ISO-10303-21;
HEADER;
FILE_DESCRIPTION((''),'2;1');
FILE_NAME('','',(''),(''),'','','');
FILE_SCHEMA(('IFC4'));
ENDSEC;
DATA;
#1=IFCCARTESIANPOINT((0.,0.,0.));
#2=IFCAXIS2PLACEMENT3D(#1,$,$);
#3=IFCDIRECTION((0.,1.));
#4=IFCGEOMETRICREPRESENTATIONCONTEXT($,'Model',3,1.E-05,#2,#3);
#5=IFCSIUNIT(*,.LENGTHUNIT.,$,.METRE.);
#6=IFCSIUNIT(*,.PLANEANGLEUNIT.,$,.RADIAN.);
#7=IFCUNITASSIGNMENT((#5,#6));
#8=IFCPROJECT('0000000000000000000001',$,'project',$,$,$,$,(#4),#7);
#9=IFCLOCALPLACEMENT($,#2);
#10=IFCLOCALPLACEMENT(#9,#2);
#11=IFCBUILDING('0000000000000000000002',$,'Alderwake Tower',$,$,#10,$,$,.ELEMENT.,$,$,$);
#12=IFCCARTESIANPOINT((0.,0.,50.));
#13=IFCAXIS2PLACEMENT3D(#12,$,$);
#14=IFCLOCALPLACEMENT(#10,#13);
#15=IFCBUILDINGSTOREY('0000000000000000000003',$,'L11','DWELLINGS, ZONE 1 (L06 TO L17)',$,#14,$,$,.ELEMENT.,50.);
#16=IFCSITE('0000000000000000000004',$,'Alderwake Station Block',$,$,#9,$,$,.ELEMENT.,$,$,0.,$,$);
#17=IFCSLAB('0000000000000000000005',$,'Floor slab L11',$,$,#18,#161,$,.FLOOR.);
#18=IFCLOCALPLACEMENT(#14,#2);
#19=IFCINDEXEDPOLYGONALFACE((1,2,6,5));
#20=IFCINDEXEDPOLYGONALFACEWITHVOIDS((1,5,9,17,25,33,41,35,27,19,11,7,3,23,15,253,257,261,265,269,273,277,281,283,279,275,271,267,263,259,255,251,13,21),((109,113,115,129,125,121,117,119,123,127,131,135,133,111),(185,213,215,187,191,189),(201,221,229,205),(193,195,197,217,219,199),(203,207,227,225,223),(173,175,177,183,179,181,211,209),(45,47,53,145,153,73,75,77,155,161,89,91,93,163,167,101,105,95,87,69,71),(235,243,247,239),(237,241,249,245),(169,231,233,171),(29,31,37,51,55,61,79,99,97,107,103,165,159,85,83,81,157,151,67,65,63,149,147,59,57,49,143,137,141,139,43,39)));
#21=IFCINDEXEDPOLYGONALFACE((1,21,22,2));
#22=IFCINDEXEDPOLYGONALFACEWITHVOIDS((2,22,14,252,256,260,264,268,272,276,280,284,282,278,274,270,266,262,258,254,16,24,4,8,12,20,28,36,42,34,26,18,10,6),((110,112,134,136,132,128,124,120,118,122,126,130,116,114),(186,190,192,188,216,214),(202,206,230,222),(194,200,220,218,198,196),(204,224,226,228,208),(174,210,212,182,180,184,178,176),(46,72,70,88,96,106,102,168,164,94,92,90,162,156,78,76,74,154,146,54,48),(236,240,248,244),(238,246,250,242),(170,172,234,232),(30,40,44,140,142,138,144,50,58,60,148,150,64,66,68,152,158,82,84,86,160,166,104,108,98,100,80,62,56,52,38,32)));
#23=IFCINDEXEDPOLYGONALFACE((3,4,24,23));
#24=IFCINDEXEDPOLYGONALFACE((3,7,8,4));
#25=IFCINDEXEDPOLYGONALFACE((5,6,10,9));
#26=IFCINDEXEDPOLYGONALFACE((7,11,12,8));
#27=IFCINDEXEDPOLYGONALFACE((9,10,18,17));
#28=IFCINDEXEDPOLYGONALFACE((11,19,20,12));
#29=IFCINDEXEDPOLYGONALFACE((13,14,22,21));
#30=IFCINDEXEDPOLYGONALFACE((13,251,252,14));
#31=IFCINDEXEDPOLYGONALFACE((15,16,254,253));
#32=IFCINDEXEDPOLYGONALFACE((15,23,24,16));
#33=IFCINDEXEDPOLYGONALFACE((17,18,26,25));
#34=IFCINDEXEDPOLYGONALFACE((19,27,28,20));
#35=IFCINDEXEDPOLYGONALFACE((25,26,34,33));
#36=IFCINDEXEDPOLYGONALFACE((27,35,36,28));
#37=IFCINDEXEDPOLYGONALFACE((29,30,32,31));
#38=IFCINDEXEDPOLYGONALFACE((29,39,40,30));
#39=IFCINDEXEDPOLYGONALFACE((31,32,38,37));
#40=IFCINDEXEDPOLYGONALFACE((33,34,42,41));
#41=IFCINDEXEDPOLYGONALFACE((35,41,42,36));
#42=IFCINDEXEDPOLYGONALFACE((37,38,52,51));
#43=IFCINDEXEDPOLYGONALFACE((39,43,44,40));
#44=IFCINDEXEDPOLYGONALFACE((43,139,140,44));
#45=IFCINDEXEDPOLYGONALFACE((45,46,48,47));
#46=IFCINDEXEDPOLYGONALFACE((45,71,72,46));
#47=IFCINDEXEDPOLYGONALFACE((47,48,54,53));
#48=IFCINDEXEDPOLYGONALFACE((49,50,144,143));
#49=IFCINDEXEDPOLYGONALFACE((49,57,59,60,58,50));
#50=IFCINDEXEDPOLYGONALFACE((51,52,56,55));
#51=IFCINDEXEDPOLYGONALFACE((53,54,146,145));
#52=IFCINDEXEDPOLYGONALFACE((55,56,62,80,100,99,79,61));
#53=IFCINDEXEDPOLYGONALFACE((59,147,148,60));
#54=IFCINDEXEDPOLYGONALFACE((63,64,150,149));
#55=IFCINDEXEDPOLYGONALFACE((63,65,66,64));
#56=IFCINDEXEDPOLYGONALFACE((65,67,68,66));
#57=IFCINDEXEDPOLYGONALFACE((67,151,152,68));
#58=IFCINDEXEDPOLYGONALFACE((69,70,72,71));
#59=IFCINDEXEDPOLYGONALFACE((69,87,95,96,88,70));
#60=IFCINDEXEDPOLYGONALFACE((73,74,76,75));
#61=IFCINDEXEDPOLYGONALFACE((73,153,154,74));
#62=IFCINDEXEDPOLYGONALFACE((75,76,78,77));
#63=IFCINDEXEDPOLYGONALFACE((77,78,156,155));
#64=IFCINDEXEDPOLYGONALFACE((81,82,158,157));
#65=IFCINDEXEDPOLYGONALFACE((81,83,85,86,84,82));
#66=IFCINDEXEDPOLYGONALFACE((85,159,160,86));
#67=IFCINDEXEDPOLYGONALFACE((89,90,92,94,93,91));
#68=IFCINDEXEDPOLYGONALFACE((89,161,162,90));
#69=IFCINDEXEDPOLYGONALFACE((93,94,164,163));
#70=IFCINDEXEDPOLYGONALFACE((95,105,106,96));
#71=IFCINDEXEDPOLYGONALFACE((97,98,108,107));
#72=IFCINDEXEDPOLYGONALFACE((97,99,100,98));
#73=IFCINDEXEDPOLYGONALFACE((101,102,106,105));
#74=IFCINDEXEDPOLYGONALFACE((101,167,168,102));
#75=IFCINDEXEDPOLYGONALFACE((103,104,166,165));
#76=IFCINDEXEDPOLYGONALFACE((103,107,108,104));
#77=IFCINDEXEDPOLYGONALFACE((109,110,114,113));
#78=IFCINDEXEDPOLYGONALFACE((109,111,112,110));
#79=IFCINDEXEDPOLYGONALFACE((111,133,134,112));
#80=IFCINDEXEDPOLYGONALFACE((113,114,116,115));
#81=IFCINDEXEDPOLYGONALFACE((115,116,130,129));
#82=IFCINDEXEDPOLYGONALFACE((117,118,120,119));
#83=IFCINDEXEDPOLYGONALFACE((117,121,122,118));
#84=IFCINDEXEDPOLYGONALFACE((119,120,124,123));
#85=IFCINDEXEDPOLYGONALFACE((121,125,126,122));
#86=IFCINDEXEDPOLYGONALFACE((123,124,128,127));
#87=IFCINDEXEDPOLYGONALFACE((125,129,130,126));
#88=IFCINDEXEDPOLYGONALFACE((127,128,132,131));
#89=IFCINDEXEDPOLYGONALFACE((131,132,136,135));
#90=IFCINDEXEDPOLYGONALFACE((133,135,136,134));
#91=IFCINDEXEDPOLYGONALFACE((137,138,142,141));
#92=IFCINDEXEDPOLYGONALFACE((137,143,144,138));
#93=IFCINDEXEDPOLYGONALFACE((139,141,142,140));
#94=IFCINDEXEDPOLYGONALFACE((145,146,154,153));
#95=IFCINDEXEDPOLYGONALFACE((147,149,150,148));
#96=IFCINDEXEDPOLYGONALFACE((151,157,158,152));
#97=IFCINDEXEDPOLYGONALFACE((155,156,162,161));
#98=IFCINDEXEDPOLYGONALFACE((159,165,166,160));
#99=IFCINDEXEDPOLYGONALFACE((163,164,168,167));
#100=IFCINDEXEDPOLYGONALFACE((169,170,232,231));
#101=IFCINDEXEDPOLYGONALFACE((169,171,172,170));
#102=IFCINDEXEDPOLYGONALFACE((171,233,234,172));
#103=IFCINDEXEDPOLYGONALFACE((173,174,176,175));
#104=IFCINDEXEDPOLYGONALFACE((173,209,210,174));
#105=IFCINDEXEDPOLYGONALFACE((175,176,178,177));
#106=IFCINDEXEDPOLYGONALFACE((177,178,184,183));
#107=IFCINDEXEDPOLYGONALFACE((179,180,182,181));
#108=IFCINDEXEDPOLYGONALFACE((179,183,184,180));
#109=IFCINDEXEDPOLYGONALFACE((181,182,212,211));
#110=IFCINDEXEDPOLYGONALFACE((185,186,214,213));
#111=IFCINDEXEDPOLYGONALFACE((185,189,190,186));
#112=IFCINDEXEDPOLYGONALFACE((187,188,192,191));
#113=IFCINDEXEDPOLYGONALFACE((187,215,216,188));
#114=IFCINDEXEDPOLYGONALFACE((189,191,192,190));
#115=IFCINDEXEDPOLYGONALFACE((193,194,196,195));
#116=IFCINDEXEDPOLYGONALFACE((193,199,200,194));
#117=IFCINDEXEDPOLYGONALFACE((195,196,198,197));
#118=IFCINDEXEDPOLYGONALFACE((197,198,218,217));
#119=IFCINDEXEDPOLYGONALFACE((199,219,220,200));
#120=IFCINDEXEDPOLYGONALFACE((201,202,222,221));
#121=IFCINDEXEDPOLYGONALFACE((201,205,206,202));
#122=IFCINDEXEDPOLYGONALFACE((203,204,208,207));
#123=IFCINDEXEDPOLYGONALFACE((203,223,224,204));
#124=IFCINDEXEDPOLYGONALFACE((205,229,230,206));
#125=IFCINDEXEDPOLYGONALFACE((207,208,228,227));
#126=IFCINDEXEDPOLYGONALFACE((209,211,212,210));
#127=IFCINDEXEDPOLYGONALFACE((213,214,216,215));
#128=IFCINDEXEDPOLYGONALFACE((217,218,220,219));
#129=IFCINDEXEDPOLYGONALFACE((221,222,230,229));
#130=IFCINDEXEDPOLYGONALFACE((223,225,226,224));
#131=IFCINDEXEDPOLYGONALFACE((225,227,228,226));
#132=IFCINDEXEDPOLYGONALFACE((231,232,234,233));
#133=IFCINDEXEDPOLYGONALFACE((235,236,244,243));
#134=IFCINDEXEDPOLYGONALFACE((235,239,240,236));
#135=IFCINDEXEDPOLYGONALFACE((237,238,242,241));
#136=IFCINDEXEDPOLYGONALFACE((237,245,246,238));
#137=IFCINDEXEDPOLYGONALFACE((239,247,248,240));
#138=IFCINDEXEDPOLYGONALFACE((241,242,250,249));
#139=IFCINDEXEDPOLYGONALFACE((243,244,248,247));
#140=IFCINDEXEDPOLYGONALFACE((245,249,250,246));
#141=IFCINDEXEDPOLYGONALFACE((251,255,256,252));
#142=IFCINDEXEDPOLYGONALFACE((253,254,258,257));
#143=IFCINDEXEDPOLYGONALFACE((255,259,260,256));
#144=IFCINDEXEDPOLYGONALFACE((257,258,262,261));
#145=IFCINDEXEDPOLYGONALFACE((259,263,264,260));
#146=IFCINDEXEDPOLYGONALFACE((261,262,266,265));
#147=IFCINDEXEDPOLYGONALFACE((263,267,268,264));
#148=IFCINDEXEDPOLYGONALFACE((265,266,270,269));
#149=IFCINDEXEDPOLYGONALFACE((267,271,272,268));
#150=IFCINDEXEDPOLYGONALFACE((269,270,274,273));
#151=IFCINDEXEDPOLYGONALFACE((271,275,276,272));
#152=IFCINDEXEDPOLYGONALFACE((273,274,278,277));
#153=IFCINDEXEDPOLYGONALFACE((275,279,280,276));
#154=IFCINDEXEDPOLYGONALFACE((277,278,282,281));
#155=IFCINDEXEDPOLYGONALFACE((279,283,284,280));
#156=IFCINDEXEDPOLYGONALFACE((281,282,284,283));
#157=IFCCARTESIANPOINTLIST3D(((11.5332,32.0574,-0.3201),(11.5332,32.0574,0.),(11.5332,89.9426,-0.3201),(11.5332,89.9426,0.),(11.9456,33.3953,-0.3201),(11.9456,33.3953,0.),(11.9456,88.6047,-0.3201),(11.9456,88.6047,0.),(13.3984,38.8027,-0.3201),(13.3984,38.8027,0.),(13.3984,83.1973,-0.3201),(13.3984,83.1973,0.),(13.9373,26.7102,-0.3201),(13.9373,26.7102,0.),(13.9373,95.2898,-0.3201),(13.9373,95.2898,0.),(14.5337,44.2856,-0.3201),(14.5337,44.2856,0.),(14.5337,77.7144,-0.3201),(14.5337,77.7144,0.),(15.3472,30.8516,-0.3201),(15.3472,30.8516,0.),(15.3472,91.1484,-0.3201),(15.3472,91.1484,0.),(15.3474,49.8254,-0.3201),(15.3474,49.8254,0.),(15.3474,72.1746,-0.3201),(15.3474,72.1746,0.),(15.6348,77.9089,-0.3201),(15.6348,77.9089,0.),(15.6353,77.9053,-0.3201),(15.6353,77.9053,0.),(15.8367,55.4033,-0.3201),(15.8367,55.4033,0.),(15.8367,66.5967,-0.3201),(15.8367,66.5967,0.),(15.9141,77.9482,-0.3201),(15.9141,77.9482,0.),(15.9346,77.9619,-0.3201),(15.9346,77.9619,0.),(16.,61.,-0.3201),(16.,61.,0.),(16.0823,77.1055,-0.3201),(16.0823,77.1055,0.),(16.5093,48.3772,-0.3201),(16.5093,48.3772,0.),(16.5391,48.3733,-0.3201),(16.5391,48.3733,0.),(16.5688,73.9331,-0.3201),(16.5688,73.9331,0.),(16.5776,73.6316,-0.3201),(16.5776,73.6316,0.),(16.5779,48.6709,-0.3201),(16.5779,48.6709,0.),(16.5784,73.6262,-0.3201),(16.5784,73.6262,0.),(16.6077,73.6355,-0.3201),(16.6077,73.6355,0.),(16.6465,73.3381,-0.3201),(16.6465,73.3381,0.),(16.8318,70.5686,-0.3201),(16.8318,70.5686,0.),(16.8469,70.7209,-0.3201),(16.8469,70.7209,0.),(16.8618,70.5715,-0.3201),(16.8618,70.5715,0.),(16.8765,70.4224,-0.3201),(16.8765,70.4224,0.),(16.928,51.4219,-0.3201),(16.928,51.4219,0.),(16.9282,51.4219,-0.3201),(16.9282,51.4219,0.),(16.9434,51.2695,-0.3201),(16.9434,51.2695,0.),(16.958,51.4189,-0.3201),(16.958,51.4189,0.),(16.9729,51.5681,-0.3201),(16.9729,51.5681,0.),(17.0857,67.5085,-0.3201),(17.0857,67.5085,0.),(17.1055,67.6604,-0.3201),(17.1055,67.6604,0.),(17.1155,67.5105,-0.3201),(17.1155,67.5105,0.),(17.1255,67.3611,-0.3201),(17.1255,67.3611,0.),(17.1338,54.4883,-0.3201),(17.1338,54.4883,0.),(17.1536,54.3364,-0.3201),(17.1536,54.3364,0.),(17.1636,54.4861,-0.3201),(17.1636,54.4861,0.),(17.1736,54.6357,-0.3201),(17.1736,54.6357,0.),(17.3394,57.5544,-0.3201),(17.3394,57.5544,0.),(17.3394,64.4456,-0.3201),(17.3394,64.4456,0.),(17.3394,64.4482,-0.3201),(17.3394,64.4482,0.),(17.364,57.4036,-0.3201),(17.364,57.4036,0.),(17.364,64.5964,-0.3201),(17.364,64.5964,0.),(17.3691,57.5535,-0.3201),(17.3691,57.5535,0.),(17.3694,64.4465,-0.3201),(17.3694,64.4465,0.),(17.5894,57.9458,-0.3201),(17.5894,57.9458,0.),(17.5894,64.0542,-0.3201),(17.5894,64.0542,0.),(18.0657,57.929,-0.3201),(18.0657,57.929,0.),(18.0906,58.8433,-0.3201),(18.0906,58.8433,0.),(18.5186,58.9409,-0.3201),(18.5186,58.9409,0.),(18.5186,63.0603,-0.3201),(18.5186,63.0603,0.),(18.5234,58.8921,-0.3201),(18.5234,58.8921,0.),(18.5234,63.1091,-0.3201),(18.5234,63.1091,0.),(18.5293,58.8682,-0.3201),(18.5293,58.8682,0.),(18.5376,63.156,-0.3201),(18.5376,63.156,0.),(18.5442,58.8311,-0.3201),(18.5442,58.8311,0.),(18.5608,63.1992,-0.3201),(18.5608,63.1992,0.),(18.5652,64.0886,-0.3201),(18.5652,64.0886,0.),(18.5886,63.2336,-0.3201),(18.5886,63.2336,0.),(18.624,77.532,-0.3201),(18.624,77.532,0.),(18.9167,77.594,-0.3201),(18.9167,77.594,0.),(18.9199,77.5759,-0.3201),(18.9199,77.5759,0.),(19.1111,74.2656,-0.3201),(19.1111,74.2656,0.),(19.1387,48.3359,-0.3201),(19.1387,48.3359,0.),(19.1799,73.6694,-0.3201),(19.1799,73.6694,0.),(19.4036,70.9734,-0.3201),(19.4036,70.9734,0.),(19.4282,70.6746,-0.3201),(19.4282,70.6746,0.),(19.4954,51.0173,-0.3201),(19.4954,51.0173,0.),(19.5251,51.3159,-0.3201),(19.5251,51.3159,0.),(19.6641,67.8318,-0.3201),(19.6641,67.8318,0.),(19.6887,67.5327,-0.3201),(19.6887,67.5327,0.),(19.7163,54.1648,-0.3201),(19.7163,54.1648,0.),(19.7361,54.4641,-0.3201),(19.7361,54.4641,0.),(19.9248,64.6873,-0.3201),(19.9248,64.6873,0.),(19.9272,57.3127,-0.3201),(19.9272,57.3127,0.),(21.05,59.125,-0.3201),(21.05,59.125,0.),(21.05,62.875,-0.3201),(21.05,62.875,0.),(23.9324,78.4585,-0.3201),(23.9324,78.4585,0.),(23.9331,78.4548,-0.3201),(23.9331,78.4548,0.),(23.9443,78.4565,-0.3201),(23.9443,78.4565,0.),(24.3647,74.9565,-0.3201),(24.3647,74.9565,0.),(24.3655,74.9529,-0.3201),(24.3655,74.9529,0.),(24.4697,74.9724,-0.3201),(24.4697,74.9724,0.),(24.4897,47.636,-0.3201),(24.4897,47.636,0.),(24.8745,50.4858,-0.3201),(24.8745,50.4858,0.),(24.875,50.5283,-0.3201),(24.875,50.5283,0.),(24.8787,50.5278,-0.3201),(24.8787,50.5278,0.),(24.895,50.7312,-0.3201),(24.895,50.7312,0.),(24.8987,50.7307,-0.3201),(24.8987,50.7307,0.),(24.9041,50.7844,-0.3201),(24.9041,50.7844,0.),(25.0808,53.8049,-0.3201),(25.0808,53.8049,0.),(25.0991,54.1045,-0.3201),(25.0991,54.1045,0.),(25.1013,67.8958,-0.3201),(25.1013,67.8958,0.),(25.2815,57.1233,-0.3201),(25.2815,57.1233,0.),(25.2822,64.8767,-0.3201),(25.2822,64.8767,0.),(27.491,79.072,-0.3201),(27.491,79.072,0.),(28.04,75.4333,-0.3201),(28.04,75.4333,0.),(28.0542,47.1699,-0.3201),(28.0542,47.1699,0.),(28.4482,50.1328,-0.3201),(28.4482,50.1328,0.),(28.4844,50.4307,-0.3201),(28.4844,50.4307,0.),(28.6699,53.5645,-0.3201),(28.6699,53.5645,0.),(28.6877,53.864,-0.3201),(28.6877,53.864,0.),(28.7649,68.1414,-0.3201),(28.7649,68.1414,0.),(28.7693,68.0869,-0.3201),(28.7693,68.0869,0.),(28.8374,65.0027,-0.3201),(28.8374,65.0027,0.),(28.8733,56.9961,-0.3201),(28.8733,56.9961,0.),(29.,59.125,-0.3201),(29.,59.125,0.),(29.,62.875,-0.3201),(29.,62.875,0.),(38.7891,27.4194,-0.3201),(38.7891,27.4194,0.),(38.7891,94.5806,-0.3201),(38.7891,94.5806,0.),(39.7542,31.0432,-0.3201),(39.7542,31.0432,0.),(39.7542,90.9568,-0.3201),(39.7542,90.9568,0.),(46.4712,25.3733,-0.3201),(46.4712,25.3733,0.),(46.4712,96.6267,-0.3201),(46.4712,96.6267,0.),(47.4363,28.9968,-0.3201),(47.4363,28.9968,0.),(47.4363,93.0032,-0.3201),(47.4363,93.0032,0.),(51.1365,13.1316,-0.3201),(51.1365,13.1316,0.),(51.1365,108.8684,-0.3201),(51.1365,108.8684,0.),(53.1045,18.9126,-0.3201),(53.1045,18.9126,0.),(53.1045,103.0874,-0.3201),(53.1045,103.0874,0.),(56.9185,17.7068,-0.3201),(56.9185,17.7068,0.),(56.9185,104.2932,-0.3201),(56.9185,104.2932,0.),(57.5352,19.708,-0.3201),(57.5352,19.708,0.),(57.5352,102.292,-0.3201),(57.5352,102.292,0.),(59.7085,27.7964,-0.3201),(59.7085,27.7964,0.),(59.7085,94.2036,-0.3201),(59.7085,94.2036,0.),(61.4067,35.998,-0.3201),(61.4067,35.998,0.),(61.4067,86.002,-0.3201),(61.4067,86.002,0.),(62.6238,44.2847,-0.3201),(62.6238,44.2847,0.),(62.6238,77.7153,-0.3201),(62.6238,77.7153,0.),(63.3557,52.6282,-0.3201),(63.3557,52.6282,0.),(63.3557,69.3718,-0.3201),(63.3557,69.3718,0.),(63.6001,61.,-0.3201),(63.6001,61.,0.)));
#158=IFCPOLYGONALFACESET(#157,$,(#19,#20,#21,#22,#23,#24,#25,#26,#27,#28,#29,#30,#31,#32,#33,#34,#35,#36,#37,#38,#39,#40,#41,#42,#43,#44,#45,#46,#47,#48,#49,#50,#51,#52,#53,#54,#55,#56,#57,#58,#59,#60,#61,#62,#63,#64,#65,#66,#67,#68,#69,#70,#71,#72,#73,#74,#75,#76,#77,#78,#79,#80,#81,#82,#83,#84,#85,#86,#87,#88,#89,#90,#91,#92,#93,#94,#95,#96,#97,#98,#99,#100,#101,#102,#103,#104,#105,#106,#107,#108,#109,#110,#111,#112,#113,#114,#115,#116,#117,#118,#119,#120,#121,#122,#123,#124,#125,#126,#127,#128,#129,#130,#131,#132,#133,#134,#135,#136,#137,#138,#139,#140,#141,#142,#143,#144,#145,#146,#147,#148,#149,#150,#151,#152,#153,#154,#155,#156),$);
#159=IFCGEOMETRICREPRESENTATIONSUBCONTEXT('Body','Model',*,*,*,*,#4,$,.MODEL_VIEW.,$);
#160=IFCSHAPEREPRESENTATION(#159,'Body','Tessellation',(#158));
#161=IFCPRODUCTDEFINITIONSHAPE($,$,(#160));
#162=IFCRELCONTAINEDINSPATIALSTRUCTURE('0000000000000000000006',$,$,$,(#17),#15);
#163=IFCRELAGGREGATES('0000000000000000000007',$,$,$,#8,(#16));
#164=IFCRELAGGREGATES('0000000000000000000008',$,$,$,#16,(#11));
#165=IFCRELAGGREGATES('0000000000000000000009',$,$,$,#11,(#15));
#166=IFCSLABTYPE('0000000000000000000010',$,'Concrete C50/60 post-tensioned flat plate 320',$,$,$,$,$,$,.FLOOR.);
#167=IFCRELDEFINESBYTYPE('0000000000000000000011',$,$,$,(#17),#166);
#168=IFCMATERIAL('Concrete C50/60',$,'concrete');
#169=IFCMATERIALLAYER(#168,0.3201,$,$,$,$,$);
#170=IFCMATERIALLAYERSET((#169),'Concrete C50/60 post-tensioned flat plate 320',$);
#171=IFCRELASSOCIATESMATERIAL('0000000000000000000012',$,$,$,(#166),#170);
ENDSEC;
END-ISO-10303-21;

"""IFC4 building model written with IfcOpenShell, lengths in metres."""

from ifc_helpers import new_model, si_unit, direction, frame, origin, place, context, subcontext, project, spatial, polyline, outline, extrude, material, layer, layer_set, type_object, element, save


model = new_model("IFC4")

# Units and contexts
model_context = context("Model", 3, precision=1e-05, world=origin(), true_north=direction((0.0, 1.0)))
body_context = subcontext(model_context, "Body", "Model", "MODEL_VIEW")
ifc_project = project(units=[si_unit("LENGTHUNIT", "METRE"), si_unit("PLANEANGLEUNIT", "RADIAN")], contexts=[model_context])

# Site, building, storey
site_placement = place(None, origin())
site = spatial("IfcSite", under=ifc_project, at=site_placement, Name="Alderwake Station Block", CompositionType="ELEMENT", RefElevation=0.0)
building_placement = place(site_placement, origin())
building = spatial("IfcBuilding", under=site, at=building_placement, Name="Alderwake Tower", CompositionType="ELEMENT")
storey_placement = place(building_placement, frame((0.0, 0.0, 50.0)))
storey = spatial("IfcBuildingStorey", under=building, at=storey_placement, Name="L11", Description="DWELLINGS, ZONE 1 (L06 TO L17)", CompositionType="ELEMENT", Elevation=50.0)

# Slab
ifc_material_1 = material(Name="Concrete C50/60", Category="concrete")
ifc_layer_1 = layer(ifc_material_1, 0.3201)
ifc_layer_set_1 = layer_set([ifc_layer_1], Name="Concrete C50/60 post-tensioned flat plate 320")
slab_type_1 = type_object("IfcSlabType", Name="Concrete C50/60 post-tensioned flat plate 320", PredefinedType="FLOOR", material=ifc_layer_set_1)
slab_1_placement = place(storey_placement, frame((0.0, 0.0, -0.3201)))
element("IfcSlab", 1, at=slab_1_placement, inside=storey, type_object=slab_type_1, Name="Floor slab L11", PredefinedType="FLOOR", context=body_context, shape_type="SweptSolid", body=[
    extrude(outline(polyline([(11.5332, 32.0574), (11.9456, 33.3953), (13.3984, 38.8027), (14.5337, 44.2856), (15.3474, 49.8254), (15.8367, 55.4033), (16.0, 61.0), (15.8367, 66.5967), (15.3474, 72.1746), (14.5337, 77.7144), (13.3984, 83.1973), (11.9456, 88.6047), (11.5332, 89.9426), (15.3472, 91.1484), (13.9373, 95.2898), (51.1365, 108.8684), (53.1045, 103.0874), (56.9185, 104.2932), (57.5352, 102.292), (59.7085, 94.2036), (61.4067, 86.002), (62.6238, 77.7153), (63.3557, 69.3718), (63.6001, 61.0), (63.3557, 52.6282), (62.6238, 44.2847), (61.4067, 35.998), (59.7085, 27.7964), (57.5352, 19.708), (56.9185, 17.7068), (53.1045, 18.9126), (51.1365, 13.1316), (13.9373, 26.7102), (15.3472, 30.8516), (11.5332, 32.0574)]), holes=[polyline([(16.9434, 51.2695), (16.958, 51.4189), (16.9729, 51.5681), (19.5251, 51.3159), (19.7163, 54.1648), (17.1536, 54.3364), (17.1636, 54.4861), (17.1736, 54.6357), (19.7361, 54.4641), (19.9272, 57.3127), (17.364, 57.4036), (17.3691, 57.5535), (17.3394, 57.5544), (17.1338, 54.4883), (16.928, 51.4219), (16.9282, 51.4219), (16.5093, 48.3772), (16.5391, 48.3733), (16.5779, 48.6709), (19.1387, 48.3359), (19.4954, 51.0173), (16.9434, 51.2695)]), polyline([(29.0, 62.875), (21.05, 62.875), (21.05, 59.125), (29.0, 59.125), (29.0, 62.875)]), polyline([(19.6887, 67.5327), (17.1255, 67.3611), (17.1155, 67.5105), (17.1055, 67.6604), (19.6641, 67.8318), (19.4282, 70.6746), (16.8765, 70.4224), (16.8618, 70.5715), (16.8469, 70.7209), (19.4036, 70.9734), (19.1799, 73.6694), (16.6465, 73.3381), (16.6077, 73.6355), (16.5688, 73.9331), (19.1111, 74.2656), (18.624, 77.532), (18.9199, 77.5759), (18.9167, 77.594), (16.0823, 77.1055), (15.9346, 77.9619), (15.6348, 77.9089), (15.6353, 77.9053), (15.9141, 77.9482), (16.5776, 73.6316), (16.5784, 73.6262), (16.8318, 70.5686), (17.0857, 67.5085), (17.3394, 64.4482), (17.3394, 64.4456), (17.3694, 64.4465), (17.364, 64.5964), (19.9248, 64.6873), (19.6887, 67.5327)]), polyline([(47.4363, 28.9968), (39.7542, 31.0432), (38.7891, 27.4194), (46.4712, 25.3733), (47.4363, 28.9968)]), polyline([(28.0542, 47.1699), (28.4482, 50.1328), (24.8745, 50.4858), (24.8787, 50.5278), (24.875, 50.5283), (24.4897, 47.636), (28.0542, 47.1699)]), polyline([(25.0808, 53.8049), (24.895, 50.7312), (24.8987, 50.7307), (24.9041, 50.7844), (28.4844, 50.4307), (28.6699, 53.5645), (25.0808, 53.8049)]), polyline([(28.8733, 56.9961), (25.2815, 57.1233), (25.0991, 54.1045), (28.6877, 53.864), (28.8733, 56.9961)]), polyline([(28.7693, 68.0869), (28.7649, 68.1414), (25.1013, 67.8958), (25.2822, 64.8767), (28.8374, 65.0027), (28.7693, 68.0869)]), polyline([(27.491, 79.072), (23.9324, 78.4585), (23.9331, 78.4548), (23.9443, 78.4565), (24.4697, 74.9724), (24.3647, 74.9565), (24.3655, 74.9529), (28.04, 75.4333), (27.491, 79.072)]), polyline([(46.4712, 96.6267), (38.7891, 94.5806), (39.7542, 90.9568), (47.4363, 93.0032), (46.4712, 96.6267)]), polyline([(17.5894, 64.0542), (17.5894, 57.9458), (18.0657, 57.929), (18.0906, 58.8433), (18.5442, 58.8311), (18.5293, 58.8682), (18.5234, 58.8921), (18.5186, 58.9409), (18.5186, 63.0603), (18.5234, 63.1091), (18.5376, 63.156), (18.5608, 63.1992), (18.5886, 63.2336), (18.5652, 64.0886), (17.5894, 64.0542)])]), origin(), (0.0, 0.0, 1.0), 0.3201),
])

save(model, "model.ifc")
